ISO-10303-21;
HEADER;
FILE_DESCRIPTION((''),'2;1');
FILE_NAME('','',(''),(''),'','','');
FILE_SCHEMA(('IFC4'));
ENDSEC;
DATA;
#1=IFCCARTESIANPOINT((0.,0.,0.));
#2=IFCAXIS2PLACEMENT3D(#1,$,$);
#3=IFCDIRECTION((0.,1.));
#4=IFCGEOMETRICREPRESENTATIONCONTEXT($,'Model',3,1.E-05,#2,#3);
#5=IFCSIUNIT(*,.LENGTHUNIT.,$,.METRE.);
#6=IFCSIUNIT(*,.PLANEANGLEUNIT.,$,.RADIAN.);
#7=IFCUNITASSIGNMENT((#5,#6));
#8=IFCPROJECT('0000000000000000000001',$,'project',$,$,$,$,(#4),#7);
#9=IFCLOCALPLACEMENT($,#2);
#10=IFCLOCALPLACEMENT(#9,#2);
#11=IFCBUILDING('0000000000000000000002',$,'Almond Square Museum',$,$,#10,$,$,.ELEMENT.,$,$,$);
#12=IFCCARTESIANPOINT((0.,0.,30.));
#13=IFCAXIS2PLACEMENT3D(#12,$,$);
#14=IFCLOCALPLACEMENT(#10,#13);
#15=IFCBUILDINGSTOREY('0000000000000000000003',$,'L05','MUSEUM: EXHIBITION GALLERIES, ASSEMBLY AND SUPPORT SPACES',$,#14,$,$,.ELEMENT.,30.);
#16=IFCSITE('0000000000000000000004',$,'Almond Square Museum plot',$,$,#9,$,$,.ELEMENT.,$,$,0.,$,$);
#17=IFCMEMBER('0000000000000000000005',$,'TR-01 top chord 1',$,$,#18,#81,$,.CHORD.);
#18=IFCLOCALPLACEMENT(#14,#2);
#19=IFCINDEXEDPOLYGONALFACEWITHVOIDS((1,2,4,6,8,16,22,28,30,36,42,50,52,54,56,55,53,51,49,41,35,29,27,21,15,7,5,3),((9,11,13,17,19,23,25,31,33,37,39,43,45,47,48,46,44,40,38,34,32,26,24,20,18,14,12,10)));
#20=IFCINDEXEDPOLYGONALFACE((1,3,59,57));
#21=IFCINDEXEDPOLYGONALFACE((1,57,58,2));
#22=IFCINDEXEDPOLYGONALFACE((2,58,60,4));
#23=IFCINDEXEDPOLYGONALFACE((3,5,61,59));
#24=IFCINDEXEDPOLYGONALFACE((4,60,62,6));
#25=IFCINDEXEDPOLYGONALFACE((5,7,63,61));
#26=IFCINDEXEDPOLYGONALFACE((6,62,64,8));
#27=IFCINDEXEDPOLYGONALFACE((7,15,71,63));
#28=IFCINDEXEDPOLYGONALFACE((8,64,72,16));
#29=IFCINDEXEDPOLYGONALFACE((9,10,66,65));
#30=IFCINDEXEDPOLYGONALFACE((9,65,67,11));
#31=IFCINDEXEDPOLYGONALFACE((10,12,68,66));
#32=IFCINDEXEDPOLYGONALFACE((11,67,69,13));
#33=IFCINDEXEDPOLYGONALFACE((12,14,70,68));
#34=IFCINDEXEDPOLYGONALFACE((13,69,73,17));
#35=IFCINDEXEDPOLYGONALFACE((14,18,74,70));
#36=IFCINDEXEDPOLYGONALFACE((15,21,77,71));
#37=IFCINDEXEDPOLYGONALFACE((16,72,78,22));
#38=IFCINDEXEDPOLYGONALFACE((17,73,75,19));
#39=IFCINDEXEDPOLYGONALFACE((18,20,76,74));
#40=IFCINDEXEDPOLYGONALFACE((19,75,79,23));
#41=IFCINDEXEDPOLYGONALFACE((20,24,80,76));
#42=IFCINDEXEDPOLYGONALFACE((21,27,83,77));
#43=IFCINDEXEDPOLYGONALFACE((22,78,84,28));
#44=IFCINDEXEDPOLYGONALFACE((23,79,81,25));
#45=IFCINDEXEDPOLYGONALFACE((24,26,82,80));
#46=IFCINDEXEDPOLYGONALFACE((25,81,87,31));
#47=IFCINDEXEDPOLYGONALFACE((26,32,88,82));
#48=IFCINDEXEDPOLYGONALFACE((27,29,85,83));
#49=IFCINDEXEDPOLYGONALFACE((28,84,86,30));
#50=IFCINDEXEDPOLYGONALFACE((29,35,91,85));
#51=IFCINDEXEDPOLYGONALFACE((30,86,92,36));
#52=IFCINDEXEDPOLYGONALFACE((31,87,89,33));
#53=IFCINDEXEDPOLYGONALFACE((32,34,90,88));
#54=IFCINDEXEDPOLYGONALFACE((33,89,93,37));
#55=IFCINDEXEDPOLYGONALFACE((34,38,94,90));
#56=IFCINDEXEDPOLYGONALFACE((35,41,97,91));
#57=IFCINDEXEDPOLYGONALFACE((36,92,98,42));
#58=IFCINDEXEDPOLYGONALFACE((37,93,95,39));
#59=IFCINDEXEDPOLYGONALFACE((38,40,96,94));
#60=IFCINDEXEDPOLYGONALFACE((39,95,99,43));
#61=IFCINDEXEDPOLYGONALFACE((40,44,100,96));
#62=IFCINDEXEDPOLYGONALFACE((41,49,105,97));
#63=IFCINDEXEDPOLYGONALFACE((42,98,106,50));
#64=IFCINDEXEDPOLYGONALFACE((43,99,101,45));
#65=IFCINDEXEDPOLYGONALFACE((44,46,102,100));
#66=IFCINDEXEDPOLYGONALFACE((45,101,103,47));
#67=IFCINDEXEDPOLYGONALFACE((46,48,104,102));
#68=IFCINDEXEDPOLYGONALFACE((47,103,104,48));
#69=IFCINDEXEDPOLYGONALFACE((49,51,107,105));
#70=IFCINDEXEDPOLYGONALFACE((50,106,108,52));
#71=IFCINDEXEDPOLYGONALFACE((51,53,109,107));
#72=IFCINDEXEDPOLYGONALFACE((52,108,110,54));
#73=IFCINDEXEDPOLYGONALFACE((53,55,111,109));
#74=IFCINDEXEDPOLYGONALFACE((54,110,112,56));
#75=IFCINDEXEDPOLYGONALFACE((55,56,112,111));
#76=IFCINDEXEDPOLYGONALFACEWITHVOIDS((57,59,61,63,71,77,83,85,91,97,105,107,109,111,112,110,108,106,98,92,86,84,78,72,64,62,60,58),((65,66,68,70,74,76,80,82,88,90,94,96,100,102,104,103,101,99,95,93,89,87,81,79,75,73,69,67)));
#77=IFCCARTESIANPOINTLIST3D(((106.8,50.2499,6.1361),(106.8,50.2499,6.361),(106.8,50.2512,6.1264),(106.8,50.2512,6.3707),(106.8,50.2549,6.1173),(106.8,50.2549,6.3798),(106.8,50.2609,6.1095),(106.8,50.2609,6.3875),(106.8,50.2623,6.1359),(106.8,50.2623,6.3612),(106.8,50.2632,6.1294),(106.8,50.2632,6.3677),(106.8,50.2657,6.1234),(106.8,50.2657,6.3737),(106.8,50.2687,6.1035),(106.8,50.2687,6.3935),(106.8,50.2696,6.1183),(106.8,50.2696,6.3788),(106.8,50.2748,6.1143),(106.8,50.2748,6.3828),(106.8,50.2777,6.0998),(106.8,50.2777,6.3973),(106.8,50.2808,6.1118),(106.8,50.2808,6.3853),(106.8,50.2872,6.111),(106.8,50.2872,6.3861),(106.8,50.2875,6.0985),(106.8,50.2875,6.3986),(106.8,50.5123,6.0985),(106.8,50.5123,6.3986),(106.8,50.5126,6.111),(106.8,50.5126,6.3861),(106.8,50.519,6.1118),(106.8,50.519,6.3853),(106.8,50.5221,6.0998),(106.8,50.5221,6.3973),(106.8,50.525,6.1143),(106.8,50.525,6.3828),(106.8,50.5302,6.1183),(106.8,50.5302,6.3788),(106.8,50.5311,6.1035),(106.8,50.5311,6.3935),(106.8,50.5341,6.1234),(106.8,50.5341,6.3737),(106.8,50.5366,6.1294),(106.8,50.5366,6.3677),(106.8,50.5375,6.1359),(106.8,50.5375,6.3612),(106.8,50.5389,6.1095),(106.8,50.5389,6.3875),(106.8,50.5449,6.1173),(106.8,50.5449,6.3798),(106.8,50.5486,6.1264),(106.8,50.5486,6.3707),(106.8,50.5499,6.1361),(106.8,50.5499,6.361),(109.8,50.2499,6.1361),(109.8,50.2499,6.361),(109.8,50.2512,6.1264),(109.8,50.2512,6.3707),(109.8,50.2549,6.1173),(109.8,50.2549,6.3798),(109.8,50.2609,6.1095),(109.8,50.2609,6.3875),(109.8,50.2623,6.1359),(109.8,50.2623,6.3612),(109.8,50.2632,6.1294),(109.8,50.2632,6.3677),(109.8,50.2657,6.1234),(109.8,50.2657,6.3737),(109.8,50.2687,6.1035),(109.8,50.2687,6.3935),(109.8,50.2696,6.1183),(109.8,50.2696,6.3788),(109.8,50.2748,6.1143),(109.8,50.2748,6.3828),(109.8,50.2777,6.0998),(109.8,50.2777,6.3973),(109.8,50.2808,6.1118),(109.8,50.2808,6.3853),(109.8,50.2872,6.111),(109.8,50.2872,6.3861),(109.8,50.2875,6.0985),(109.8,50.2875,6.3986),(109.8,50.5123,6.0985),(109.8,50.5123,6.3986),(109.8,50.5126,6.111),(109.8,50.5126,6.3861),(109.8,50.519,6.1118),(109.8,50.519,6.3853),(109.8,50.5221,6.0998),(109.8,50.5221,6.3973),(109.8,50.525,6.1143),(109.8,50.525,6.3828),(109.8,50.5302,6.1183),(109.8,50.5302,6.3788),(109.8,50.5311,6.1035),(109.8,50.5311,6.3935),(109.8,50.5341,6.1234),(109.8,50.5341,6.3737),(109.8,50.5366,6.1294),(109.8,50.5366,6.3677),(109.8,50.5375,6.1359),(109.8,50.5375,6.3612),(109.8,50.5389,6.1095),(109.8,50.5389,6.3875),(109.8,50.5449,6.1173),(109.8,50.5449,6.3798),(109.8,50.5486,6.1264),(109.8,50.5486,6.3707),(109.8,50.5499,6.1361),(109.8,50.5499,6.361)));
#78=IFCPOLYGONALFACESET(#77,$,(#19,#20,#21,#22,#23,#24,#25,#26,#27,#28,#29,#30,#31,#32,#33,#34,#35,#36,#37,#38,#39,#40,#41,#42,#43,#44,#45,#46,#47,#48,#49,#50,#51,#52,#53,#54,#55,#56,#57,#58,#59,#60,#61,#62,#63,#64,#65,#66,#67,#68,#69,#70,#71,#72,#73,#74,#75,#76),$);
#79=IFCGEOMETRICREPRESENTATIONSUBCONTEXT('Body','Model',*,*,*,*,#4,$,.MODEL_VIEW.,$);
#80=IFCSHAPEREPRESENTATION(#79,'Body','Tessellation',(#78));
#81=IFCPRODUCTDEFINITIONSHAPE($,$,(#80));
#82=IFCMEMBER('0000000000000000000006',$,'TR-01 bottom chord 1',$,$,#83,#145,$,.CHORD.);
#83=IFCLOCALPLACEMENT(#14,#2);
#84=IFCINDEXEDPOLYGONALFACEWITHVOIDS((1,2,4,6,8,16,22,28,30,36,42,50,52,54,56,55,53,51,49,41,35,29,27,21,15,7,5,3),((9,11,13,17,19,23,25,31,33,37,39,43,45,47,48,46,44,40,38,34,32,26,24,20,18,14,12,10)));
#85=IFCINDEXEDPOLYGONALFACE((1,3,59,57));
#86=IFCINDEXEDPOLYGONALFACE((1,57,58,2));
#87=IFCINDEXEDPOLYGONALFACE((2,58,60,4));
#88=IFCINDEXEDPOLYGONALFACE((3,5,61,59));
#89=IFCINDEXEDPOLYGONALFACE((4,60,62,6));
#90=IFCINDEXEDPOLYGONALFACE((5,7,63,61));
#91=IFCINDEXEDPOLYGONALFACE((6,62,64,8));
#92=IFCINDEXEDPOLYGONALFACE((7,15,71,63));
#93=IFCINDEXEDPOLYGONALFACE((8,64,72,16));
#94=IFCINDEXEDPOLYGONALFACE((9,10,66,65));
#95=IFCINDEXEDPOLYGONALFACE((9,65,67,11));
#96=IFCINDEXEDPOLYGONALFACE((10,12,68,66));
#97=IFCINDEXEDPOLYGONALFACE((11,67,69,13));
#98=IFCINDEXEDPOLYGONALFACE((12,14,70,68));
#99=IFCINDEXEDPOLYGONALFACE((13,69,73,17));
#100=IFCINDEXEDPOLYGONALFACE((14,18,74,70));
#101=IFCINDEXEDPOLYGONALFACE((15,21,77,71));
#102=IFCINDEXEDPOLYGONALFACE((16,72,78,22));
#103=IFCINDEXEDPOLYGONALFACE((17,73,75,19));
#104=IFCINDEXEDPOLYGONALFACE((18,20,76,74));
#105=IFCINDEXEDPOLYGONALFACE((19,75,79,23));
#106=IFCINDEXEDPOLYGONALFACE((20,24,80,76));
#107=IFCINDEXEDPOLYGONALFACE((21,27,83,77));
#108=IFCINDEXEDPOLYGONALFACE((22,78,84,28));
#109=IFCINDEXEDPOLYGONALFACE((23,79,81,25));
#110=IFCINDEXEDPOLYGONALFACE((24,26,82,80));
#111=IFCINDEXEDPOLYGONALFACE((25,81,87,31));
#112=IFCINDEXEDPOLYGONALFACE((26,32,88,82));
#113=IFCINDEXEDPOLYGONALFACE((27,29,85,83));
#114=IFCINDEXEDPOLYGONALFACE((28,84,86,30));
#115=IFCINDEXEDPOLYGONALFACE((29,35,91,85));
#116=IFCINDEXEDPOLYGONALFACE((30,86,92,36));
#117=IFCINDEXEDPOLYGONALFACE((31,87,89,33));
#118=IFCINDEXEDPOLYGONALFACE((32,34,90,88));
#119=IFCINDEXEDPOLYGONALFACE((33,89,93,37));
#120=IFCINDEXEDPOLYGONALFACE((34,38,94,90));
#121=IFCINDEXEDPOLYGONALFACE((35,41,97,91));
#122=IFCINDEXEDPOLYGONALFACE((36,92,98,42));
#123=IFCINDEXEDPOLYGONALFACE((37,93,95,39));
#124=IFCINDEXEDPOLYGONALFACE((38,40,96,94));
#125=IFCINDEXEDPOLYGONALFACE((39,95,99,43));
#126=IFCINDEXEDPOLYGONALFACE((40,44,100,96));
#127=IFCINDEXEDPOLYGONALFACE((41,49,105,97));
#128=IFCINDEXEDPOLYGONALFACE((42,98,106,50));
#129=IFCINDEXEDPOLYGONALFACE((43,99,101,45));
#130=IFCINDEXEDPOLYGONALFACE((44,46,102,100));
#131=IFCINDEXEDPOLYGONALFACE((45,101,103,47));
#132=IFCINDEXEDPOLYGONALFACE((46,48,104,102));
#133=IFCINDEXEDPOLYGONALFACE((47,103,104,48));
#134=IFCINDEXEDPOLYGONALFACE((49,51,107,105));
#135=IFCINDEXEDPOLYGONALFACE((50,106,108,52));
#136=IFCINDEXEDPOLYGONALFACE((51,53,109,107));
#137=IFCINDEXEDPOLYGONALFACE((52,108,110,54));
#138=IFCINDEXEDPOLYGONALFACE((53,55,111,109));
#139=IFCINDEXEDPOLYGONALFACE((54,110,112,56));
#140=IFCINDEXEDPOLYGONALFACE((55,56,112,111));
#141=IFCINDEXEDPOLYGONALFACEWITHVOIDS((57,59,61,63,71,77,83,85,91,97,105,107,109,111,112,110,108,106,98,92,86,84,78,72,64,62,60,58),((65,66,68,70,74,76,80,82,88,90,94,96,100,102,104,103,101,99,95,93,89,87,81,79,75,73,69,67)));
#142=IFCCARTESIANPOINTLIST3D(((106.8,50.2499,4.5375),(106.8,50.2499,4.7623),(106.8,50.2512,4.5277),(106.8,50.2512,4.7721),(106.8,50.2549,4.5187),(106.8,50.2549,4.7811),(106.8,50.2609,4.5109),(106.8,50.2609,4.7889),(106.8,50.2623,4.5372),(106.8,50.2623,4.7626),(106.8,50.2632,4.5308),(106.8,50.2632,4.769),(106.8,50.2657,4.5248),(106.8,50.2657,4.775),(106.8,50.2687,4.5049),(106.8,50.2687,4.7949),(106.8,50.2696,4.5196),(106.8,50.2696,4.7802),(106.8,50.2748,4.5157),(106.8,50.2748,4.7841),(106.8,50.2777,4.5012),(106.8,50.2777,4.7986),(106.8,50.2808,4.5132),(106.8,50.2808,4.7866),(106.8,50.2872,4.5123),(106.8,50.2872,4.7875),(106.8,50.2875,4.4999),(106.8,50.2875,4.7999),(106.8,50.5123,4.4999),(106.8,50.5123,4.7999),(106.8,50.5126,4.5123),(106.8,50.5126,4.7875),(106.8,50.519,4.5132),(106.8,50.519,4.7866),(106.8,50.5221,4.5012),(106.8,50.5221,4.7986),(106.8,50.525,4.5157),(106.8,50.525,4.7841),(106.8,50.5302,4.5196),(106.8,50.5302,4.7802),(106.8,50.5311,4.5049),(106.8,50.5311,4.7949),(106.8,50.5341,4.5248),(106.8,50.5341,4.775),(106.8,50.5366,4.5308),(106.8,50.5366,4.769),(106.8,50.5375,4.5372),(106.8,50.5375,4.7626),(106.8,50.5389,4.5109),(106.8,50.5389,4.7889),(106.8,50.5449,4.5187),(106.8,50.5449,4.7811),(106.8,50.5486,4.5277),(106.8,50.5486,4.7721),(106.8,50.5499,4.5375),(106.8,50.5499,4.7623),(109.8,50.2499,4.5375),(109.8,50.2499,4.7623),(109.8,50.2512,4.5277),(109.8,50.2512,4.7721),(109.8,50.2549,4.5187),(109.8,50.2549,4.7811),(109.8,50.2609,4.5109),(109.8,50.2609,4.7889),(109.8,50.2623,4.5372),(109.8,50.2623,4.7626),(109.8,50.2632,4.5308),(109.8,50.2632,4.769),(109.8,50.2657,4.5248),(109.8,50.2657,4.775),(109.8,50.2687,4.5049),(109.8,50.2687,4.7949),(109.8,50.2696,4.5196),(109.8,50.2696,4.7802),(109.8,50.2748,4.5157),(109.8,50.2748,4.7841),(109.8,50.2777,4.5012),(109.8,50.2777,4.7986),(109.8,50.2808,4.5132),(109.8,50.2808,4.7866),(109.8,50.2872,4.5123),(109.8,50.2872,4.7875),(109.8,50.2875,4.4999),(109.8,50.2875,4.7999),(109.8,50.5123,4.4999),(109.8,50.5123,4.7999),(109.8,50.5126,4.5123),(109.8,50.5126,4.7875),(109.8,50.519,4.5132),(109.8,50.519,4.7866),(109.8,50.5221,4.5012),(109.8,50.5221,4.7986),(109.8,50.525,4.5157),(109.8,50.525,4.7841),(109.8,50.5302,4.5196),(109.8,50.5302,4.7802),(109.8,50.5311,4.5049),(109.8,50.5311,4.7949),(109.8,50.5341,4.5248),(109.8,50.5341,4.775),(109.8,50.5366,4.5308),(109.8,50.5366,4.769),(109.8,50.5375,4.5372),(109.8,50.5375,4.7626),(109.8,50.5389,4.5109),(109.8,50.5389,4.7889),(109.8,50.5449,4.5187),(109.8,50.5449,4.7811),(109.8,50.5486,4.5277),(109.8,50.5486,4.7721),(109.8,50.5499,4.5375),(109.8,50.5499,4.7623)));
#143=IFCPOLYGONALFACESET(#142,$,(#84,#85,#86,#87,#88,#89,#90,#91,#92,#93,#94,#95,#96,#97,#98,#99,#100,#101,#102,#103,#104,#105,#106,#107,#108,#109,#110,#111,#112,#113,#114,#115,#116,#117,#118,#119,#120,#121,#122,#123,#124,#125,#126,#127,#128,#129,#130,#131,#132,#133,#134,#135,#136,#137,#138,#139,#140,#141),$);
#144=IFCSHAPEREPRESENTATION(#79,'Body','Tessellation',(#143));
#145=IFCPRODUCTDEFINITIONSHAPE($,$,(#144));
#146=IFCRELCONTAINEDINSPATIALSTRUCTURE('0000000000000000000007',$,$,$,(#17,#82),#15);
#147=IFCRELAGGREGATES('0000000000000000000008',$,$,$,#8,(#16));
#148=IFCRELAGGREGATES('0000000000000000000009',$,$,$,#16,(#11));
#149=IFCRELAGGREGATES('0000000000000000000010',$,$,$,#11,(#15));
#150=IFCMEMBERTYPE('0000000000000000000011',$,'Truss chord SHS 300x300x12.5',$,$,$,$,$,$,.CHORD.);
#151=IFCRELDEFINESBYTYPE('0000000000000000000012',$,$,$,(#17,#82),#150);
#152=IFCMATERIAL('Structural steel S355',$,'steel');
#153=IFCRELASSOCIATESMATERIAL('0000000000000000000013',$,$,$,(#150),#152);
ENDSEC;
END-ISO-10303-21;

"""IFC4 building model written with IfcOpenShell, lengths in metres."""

from ifc_helpers import new_model, si_unit, direction, frame, origin, origin_2d, place, context, subcontext, project, spatial, hollow_rectangle, extrude, material, material_profile, profile_set, type_object, element, save


model = new_model("IFC4")

# Units and contexts
model_context = context("Model", 3, precision=1e-05, world=origin(), true_north=direction((0.0, 1.0)))
body_context = subcontext(model_context, "Body", "Model", "MODEL_VIEW")
ifc_project = project(units=[si_unit("LENGTHUNIT", "METRE"), si_unit("PLANEANGLEUNIT", "RADIAN")], contexts=[model_context])

# Site, building, storey
site_placement = place(None, origin())
site = spatial("IfcSite", under=ifc_project, at=site_placement, Name="Almond Square Museum plot", CompositionType="ELEMENT", RefElevation=0.0)
building_placement = place(site_placement, origin())
building = spatial("IfcBuilding", under=site, at=building_placement, Name="Almond Square Museum", CompositionType="ELEMENT")
storey_placement = place(building_placement, frame((0.0, 0.0, 30.0)))
storey = spatial("IfcBuildingStorey", under=building, at=storey_placement, Name="L05", Description="MUSEUM: EXHIBITION GALLERIES, ASSEMBLY AND SUPPORT SPACES", CompositionType="ELEMENT", Elevation=30.0)

# Members
ifc_material_1 = material(Name="Structural steel S355", Category="steel")
ifc_material_profile_1 = material_profile(ifc_material_1, hollow_rectangle(XDim=0.3, YDim=0.3, WallThickness=0.0125, InnerFilletRadius=0.0249, OuterFilletRadius=0.0376, at=origin_2d()))
ifc_profile_set_1 = profile_set([ifc_material_profile_1], Name="Structural steel S355")
member_type_1 = type_object("IfcMemberType", Name="Truss chord SHS 300x300x12.5", PredefinedType="CHORD", material=ifc_profile_set_1)
for number, where, z_axis, x_axis, name in (
    (1, (106.8, 50.3999, 6.2485), (1.0, 0.0, 0.0), (0.0, 1.0, 0.0), "TR-01 top chord 1"),
    (2, (106.8, 50.3999, 4.6499), (1.0, 0.0, 0.0), (0.0, 1.0, 0.0), "TR-01 bottom chord 1"),
):
    element("IfcMember", number, at=place(storey_placement, frame(where, z_axis=z_axis, x_axis=x_axis)), inside=storey, type_object=member_type_1, Name=name, PredefinedType="CHORD", context=body_context, shape_type="SweptSolid", body=[
        extrude(hollow_rectangle(XDim=0.3, YDim=0.3, WallThickness=0.0125, InnerFilletRadius=0.0249, OuterFilletRadius=0.0376, at=origin_2d()), origin(), (0.0, 0.0, 1.0), 3.0),
    ])

save(model, "model.ifc")
